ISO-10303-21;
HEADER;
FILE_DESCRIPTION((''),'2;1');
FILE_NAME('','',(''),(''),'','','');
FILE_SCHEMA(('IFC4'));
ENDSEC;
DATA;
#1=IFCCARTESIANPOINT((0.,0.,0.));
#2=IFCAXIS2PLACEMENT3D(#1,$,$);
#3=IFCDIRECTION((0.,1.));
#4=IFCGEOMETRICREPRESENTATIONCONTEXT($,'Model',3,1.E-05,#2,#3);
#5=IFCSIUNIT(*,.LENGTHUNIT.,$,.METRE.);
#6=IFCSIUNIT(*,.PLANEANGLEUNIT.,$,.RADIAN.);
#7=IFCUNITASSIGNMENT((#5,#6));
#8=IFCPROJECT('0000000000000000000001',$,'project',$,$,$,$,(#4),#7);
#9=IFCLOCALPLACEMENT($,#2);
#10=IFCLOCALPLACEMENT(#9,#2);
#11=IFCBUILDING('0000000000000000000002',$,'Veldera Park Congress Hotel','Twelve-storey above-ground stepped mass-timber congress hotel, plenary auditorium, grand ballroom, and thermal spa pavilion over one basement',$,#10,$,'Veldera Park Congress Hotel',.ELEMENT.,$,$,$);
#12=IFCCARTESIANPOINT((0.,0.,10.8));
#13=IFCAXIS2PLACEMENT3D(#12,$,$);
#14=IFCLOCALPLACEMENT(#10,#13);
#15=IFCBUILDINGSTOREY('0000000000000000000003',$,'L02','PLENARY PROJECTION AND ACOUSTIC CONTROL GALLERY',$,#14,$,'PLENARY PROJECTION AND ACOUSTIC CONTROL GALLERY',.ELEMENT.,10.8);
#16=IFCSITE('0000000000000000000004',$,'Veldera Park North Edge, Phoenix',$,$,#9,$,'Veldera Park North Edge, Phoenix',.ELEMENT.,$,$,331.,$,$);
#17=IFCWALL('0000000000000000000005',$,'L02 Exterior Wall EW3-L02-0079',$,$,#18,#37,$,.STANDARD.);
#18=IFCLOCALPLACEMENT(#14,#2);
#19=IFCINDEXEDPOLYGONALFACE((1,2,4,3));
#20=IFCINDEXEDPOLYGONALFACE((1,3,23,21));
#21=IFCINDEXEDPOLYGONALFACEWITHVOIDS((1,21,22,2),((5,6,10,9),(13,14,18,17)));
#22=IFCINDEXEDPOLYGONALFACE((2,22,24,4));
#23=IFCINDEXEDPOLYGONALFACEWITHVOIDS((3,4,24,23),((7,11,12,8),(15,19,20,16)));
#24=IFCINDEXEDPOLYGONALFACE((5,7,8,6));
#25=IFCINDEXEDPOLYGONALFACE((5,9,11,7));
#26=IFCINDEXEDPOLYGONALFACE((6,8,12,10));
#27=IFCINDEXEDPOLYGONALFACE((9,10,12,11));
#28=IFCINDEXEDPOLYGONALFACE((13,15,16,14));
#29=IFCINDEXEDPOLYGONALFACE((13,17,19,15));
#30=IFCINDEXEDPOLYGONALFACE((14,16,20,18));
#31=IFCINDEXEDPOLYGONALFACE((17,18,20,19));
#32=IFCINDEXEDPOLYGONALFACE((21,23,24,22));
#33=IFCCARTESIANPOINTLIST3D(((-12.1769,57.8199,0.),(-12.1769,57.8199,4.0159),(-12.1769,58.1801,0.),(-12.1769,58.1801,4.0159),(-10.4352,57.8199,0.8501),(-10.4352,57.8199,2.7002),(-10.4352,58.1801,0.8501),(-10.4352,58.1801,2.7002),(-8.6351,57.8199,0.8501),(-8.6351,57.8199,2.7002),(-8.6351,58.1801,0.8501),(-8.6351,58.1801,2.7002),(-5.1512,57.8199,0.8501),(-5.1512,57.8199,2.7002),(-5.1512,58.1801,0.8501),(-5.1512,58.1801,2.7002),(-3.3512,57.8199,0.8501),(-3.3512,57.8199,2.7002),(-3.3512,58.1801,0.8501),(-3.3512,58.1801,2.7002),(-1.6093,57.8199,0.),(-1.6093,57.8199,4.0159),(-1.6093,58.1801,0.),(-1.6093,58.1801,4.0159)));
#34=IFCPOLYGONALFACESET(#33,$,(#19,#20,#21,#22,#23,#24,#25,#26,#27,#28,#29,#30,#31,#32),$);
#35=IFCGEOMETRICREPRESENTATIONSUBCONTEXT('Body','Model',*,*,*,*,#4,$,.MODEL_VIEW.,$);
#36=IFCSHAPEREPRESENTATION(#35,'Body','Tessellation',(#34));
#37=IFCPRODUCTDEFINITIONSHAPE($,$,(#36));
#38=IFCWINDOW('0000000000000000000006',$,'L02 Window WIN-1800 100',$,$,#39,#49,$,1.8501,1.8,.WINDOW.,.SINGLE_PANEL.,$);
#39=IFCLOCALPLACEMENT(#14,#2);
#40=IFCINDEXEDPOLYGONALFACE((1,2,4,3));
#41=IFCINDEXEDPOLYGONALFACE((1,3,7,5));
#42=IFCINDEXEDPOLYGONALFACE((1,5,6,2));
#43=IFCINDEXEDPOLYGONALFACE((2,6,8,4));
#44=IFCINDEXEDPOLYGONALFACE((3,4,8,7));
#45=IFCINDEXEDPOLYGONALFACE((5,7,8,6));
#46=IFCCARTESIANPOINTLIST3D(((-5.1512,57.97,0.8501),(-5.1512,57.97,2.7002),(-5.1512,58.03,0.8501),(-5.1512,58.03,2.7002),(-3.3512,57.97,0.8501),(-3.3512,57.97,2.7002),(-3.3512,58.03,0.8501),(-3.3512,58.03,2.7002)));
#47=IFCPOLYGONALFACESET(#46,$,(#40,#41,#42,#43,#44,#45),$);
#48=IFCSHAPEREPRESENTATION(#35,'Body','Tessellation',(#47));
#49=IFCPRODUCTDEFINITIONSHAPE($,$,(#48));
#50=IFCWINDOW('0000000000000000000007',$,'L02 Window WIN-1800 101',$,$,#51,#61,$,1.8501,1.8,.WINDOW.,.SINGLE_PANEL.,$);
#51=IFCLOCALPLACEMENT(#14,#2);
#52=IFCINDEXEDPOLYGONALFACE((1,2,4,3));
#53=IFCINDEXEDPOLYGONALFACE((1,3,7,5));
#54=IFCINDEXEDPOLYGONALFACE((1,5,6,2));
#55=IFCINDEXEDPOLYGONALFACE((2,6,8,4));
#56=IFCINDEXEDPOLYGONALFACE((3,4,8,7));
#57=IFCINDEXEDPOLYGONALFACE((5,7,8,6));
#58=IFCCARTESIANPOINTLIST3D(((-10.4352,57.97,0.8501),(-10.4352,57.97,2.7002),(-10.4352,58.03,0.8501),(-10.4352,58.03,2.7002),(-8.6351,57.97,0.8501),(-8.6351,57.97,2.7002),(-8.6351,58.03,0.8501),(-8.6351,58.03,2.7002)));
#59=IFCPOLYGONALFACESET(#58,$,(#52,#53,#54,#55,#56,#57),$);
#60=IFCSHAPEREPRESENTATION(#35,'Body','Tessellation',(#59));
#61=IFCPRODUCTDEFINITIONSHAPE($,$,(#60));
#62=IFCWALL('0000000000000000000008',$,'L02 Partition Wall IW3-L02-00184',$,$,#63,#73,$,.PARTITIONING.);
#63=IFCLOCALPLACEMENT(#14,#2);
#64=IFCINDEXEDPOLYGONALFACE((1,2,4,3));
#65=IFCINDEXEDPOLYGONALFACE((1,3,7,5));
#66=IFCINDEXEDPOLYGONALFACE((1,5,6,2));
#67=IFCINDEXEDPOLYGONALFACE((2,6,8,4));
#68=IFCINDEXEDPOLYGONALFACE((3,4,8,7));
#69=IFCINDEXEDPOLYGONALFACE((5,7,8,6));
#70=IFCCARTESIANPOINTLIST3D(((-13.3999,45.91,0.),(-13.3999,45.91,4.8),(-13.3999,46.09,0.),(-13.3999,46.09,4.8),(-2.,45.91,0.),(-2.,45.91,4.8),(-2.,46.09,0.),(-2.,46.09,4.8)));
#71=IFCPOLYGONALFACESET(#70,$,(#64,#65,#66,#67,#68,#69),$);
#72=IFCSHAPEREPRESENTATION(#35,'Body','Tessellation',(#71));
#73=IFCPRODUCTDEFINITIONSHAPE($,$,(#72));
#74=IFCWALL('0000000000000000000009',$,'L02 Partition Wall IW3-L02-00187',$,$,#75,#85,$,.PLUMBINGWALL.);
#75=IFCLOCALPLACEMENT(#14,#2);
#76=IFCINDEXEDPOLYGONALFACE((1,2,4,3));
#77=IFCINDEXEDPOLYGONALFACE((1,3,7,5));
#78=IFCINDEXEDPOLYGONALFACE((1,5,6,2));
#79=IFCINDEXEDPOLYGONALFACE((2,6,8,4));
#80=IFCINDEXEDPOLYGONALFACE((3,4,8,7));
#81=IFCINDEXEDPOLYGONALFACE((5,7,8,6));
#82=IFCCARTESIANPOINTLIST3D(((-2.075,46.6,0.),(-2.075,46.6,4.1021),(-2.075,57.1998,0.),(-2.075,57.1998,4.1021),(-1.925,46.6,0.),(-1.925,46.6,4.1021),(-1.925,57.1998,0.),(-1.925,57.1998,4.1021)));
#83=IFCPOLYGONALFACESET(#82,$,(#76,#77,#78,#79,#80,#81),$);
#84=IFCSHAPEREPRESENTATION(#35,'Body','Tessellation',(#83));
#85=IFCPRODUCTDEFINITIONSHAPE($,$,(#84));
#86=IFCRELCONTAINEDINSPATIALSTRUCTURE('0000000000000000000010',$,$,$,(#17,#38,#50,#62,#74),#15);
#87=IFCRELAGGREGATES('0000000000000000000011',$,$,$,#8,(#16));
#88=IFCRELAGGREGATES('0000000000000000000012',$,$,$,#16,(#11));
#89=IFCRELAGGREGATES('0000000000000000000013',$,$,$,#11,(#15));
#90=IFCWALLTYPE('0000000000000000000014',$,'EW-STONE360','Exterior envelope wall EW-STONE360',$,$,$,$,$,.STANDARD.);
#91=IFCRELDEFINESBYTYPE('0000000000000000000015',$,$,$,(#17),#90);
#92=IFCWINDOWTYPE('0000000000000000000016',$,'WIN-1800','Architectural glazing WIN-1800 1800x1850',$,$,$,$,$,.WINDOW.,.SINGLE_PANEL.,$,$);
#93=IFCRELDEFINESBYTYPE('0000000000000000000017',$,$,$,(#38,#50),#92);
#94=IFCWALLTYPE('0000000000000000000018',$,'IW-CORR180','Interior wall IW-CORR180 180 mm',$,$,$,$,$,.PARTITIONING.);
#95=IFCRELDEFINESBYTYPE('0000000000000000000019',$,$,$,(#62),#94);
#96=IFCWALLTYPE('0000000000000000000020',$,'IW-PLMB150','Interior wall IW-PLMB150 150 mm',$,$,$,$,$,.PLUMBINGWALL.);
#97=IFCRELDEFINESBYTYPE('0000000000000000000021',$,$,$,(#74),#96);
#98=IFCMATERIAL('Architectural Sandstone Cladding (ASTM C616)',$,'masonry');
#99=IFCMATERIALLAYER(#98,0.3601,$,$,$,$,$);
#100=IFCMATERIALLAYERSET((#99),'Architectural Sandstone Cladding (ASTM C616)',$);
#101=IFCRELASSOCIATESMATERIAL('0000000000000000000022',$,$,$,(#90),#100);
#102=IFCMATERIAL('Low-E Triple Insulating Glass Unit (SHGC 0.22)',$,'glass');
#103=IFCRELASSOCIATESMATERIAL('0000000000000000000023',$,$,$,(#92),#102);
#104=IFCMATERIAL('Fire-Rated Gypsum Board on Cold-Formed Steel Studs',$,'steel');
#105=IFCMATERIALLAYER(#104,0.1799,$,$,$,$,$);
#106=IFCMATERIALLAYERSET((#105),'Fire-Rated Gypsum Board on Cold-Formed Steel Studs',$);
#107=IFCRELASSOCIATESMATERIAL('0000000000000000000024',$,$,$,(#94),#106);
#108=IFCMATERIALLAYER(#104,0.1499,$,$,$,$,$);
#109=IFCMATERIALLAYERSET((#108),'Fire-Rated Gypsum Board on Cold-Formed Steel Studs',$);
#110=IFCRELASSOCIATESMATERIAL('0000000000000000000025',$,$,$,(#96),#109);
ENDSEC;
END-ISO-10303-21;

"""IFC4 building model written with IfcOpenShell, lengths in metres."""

from ifc_helpers import new_model, si_unit, direction, frame, frame_2d, origin, place, context, subcontext, project, spatial, rectangle, extrude, material, layer, layer_set, type_object, element, fill, save


model = new_model("IFC4")

# Units and contexts
model_context = context("Model", 3, precision=1e-05, world=origin(), true_north=direction((0.0, 1.0)))
body_context = subcontext(model_context, "Body", "Model", "MODEL_VIEW")
ifc_project = project(units=[si_unit("LENGTHUNIT", "METRE"), si_unit("PLANEANGLEUNIT", "RADIAN")], contexts=[model_context])

# Site, building, storey
site_placement = place(None, origin())
site = spatial("IfcSite", under=ifc_project, at=site_placement, Name="Veldera Park North Edge, Phoenix", LongName="Veldera Park North Edge, Phoenix", CompositionType="ELEMENT", RefElevation=331.0)
building_placement = place(site_placement, origin())
building = spatial("IfcBuilding", under=site, at=building_placement, Name="Veldera Park Congress Hotel", Description="Twelve-storey above-ground stepped mass-timber congress hotel, plenary auditorium, grand ballroom, and thermal spa pavilion over one basement", LongName="Veldera Park Congress Hotel", CompositionType="ELEMENT")
storey_placement = place(building_placement, frame((0.0, 0.0, 10.8)))
storey = spatial("IfcBuildingStorey", under=building, at=storey_placement, Name="L02", Description="PLENARY PROJECTION AND ACOUSTIC CONTROL GALLERY", LongName="PLENARY PROJECTION AND ACOUSTIC CONTROL GALLERY", CompositionType="ELEMENT", Elevation=10.8)

# Wall, openings, windows
ifc_material_1 = material(Name="Architectural Sandstone Cladding (ASTM C616)", Category="masonry")
ifc_layer_1 = layer(ifc_material_1, 0.3601)
ifc_layer_set_1 = layer_set([ifc_layer_1], Name="Architectural Sandstone Cladding (ASTM C616)")
wall_type_1 = type_object("IfcWallType", Name="EW-STONE360", Description="Exterior envelope wall EW-STONE360", PredefinedType="STANDARD", material=ifc_layer_set_1)
wall_1_placement = place(storey_placement, frame((-1.6094, 58.0, 0.0), z_axis=(0.0, 0.0, 1.0), x_axis=(-1.0, 0.0, 0.0)))
wall_1 = element("IfcWall", 1, at=wall_1_placement, inside=storey, type_object=wall_type_1, Name="L02 Exterior Wall EW3-L02-0079", PredefinedType="STANDARD", context=body_context, shape_type="SweptSolid", body=[
    extrude(rectangle(XDim=10.5676, YDim=0.3601, at=frame_2d((5.2837, 0.0))), origin(), (0.0, 0.0, 1.0), 4.0159),
])
opening_1_placement = place(wall_1_placement, frame((1.7419, 0.0, 0.8501)))
opening_1 = element("IfcOpeningElement", 2, at=opening_1_placement, cuts=wall_1, PredefinedType="OPENING", context=body_context, shape_type="SweptSolid", body=[
    extrude(rectangle(XDim=1.8, YDim=1.8501, at=frame_2d((0.8999, 0.925))), frame((0.0, 0.1921, 0.0), z_axis=(0.0, -1.0, 0.0), x_axis=(1.0, 0.0, 0.0)), (0.0, 0.0, 1.0), 0.384),
])
opening_2_placement = place(wall_1_placement, frame((7.0259, 0.0, 0.8501)))
opening_2 = element("IfcOpeningElement", 3, at=opening_2_placement, cuts=wall_1, PredefinedType="OPENING", context=body_context, shape_type="SweptSolid", body=[
    extrude(rectangle(XDim=1.8, YDim=1.8501, at=frame_2d((0.8999, 0.925))), frame((0.0, 0.1921, 0.0), z_axis=(0.0, -1.0, 0.0), x_axis=(1.0, 0.0, 0.0)), (0.0, 0.0, 1.0), 0.384),
])
ifc_material_2 = material(Name="Low-E Triple Insulating Glass Unit (SHGC 0.22)", Category="glass")
window_type = type_object("IfcWindowType", Name="WIN-1800", Description="Architectural glazing WIN-1800 1800x1850", PartitioningType="SINGLE_PANEL", PredefinedType="WINDOW", material=ifc_material_2)
window_1_placement = place(opening_1_placement, origin())
window_1 = element("IfcWindow", 4, at=window_1_placement, inside=storey, type_object=window_type, Name="L02 Window WIN-1800 100", OverallHeight=1.8501, OverallWidth=1.8, PartitioningType="SINGLE_PANEL", PredefinedType="WINDOW", context=body_context, shape_type="SweptSolid", body=[
    extrude(rectangle(XDim=1.8, YDim=1.8501, at=frame_2d((0.8999, 0.925))), frame((0.0, 0.03, 0.0), z_axis=(0.0, -1.0, 0.0), x_axis=(1.0, 0.0, 0.0)), (0.0, 0.0, 1.0), 0.0601),
])
fill(opening_1, window_1)
window_2_placement = place(opening_2_placement, origin())
window_2 = element("IfcWindow", 5, at=window_2_placement, inside=storey, type_object=window_type, Name="L02 Window WIN-1800 101", OverallHeight=1.8501, OverallWidth=1.8, PartitioningType="SINGLE_PANEL", PredefinedType="WINDOW", context=body_context, shape_type="SweptSolid", body=[
    extrude(rectangle(XDim=1.8, YDim=1.8501, at=frame_2d((0.8999, 0.925))), frame((0.0, 0.03, 0.0), z_axis=(0.0, -1.0, 0.0), x_axis=(1.0, 0.0, 0.0)), (0.0, 0.0, 1.0), 0.0601),
])
fill(opening_2, window_2)

# Walls
ifc_material_3 = material(Name="Fire-Rated Gypsum Board on Cold-Formed Steel Studs", Category="steel")
ifc_layer_2 = layer(ifc_material_3, 0.1799)
ifc_layer_set_2 = layer_set([ifc_layer_2], Name="Fire-Rated Gypsum Board on Cold-Formed Steel Studs")
wall_type_2 = type_object("IfcWallType", Name="IW-CORR180", Description="Interior wall IW-CORR180 180 mm", PredefinedType="PARTITIONING", material=ifc_layer_set_2)
wall_2_placement = place(storey_placement, frame((-2.0, 46.0, 0.0), z_axis=(0.0, 0.0, 1.0), x_axis=(-1.0, 0.0, 0.0)))
element("IfcWall", 6, at=wall_2_placement, inside=storey, type_object=wall_type_2, Name="L02 Partition Wall IW3-L02-00184", PredefinedType="PARTITIONING", context=body_context, shape_type="SweptSolid", body=[
    extrude(rectangle(XDim=11.3999, YDim=0.1799, at=frame_2d((5.7, 0.0))), origin(), (0.0, 0.0, 1.0), 4.8),
])
ifc_layer_3 = layer(ifc_material_3, 0.1499)
ifc_layer_set_3 = layer_set([ifc_layer_3], Name="Fire-Rated Gypsum Board on Cold-Formed Steel Studs")
wall_type_3 = type_object("IfcWallType", Name="IW-PLMB150", Description="Interior wall IW-PLMB150 150 mm", PredefinedType="PLUMBINGWALL", material=ifc_layer_set_3)
wall_3_placement = place(storey_placement, frame((-2.0, 46.6001, 0.0), z_axis=(0.0, 0.0, 1.0), x_axis=(0.0, 1.0, 0.0)))
element("IfcWall", 7, at=wall_3_placement, inside=storey, type_object=wall_type_3, Name="L02 Partition Wall IW3-L02-00187", PredefinedType="PLUMBINGWALL", context=body_context, shape_type="SweptSolid", body=[
    extrude(rectangle(XDim=10.5999, YDim=0.1499, at=frame_2d((5.2998, 0.0))), origin(), (0.0, 0.0, 1.0), 4.1021),
])

save(model, "model.ifc")
